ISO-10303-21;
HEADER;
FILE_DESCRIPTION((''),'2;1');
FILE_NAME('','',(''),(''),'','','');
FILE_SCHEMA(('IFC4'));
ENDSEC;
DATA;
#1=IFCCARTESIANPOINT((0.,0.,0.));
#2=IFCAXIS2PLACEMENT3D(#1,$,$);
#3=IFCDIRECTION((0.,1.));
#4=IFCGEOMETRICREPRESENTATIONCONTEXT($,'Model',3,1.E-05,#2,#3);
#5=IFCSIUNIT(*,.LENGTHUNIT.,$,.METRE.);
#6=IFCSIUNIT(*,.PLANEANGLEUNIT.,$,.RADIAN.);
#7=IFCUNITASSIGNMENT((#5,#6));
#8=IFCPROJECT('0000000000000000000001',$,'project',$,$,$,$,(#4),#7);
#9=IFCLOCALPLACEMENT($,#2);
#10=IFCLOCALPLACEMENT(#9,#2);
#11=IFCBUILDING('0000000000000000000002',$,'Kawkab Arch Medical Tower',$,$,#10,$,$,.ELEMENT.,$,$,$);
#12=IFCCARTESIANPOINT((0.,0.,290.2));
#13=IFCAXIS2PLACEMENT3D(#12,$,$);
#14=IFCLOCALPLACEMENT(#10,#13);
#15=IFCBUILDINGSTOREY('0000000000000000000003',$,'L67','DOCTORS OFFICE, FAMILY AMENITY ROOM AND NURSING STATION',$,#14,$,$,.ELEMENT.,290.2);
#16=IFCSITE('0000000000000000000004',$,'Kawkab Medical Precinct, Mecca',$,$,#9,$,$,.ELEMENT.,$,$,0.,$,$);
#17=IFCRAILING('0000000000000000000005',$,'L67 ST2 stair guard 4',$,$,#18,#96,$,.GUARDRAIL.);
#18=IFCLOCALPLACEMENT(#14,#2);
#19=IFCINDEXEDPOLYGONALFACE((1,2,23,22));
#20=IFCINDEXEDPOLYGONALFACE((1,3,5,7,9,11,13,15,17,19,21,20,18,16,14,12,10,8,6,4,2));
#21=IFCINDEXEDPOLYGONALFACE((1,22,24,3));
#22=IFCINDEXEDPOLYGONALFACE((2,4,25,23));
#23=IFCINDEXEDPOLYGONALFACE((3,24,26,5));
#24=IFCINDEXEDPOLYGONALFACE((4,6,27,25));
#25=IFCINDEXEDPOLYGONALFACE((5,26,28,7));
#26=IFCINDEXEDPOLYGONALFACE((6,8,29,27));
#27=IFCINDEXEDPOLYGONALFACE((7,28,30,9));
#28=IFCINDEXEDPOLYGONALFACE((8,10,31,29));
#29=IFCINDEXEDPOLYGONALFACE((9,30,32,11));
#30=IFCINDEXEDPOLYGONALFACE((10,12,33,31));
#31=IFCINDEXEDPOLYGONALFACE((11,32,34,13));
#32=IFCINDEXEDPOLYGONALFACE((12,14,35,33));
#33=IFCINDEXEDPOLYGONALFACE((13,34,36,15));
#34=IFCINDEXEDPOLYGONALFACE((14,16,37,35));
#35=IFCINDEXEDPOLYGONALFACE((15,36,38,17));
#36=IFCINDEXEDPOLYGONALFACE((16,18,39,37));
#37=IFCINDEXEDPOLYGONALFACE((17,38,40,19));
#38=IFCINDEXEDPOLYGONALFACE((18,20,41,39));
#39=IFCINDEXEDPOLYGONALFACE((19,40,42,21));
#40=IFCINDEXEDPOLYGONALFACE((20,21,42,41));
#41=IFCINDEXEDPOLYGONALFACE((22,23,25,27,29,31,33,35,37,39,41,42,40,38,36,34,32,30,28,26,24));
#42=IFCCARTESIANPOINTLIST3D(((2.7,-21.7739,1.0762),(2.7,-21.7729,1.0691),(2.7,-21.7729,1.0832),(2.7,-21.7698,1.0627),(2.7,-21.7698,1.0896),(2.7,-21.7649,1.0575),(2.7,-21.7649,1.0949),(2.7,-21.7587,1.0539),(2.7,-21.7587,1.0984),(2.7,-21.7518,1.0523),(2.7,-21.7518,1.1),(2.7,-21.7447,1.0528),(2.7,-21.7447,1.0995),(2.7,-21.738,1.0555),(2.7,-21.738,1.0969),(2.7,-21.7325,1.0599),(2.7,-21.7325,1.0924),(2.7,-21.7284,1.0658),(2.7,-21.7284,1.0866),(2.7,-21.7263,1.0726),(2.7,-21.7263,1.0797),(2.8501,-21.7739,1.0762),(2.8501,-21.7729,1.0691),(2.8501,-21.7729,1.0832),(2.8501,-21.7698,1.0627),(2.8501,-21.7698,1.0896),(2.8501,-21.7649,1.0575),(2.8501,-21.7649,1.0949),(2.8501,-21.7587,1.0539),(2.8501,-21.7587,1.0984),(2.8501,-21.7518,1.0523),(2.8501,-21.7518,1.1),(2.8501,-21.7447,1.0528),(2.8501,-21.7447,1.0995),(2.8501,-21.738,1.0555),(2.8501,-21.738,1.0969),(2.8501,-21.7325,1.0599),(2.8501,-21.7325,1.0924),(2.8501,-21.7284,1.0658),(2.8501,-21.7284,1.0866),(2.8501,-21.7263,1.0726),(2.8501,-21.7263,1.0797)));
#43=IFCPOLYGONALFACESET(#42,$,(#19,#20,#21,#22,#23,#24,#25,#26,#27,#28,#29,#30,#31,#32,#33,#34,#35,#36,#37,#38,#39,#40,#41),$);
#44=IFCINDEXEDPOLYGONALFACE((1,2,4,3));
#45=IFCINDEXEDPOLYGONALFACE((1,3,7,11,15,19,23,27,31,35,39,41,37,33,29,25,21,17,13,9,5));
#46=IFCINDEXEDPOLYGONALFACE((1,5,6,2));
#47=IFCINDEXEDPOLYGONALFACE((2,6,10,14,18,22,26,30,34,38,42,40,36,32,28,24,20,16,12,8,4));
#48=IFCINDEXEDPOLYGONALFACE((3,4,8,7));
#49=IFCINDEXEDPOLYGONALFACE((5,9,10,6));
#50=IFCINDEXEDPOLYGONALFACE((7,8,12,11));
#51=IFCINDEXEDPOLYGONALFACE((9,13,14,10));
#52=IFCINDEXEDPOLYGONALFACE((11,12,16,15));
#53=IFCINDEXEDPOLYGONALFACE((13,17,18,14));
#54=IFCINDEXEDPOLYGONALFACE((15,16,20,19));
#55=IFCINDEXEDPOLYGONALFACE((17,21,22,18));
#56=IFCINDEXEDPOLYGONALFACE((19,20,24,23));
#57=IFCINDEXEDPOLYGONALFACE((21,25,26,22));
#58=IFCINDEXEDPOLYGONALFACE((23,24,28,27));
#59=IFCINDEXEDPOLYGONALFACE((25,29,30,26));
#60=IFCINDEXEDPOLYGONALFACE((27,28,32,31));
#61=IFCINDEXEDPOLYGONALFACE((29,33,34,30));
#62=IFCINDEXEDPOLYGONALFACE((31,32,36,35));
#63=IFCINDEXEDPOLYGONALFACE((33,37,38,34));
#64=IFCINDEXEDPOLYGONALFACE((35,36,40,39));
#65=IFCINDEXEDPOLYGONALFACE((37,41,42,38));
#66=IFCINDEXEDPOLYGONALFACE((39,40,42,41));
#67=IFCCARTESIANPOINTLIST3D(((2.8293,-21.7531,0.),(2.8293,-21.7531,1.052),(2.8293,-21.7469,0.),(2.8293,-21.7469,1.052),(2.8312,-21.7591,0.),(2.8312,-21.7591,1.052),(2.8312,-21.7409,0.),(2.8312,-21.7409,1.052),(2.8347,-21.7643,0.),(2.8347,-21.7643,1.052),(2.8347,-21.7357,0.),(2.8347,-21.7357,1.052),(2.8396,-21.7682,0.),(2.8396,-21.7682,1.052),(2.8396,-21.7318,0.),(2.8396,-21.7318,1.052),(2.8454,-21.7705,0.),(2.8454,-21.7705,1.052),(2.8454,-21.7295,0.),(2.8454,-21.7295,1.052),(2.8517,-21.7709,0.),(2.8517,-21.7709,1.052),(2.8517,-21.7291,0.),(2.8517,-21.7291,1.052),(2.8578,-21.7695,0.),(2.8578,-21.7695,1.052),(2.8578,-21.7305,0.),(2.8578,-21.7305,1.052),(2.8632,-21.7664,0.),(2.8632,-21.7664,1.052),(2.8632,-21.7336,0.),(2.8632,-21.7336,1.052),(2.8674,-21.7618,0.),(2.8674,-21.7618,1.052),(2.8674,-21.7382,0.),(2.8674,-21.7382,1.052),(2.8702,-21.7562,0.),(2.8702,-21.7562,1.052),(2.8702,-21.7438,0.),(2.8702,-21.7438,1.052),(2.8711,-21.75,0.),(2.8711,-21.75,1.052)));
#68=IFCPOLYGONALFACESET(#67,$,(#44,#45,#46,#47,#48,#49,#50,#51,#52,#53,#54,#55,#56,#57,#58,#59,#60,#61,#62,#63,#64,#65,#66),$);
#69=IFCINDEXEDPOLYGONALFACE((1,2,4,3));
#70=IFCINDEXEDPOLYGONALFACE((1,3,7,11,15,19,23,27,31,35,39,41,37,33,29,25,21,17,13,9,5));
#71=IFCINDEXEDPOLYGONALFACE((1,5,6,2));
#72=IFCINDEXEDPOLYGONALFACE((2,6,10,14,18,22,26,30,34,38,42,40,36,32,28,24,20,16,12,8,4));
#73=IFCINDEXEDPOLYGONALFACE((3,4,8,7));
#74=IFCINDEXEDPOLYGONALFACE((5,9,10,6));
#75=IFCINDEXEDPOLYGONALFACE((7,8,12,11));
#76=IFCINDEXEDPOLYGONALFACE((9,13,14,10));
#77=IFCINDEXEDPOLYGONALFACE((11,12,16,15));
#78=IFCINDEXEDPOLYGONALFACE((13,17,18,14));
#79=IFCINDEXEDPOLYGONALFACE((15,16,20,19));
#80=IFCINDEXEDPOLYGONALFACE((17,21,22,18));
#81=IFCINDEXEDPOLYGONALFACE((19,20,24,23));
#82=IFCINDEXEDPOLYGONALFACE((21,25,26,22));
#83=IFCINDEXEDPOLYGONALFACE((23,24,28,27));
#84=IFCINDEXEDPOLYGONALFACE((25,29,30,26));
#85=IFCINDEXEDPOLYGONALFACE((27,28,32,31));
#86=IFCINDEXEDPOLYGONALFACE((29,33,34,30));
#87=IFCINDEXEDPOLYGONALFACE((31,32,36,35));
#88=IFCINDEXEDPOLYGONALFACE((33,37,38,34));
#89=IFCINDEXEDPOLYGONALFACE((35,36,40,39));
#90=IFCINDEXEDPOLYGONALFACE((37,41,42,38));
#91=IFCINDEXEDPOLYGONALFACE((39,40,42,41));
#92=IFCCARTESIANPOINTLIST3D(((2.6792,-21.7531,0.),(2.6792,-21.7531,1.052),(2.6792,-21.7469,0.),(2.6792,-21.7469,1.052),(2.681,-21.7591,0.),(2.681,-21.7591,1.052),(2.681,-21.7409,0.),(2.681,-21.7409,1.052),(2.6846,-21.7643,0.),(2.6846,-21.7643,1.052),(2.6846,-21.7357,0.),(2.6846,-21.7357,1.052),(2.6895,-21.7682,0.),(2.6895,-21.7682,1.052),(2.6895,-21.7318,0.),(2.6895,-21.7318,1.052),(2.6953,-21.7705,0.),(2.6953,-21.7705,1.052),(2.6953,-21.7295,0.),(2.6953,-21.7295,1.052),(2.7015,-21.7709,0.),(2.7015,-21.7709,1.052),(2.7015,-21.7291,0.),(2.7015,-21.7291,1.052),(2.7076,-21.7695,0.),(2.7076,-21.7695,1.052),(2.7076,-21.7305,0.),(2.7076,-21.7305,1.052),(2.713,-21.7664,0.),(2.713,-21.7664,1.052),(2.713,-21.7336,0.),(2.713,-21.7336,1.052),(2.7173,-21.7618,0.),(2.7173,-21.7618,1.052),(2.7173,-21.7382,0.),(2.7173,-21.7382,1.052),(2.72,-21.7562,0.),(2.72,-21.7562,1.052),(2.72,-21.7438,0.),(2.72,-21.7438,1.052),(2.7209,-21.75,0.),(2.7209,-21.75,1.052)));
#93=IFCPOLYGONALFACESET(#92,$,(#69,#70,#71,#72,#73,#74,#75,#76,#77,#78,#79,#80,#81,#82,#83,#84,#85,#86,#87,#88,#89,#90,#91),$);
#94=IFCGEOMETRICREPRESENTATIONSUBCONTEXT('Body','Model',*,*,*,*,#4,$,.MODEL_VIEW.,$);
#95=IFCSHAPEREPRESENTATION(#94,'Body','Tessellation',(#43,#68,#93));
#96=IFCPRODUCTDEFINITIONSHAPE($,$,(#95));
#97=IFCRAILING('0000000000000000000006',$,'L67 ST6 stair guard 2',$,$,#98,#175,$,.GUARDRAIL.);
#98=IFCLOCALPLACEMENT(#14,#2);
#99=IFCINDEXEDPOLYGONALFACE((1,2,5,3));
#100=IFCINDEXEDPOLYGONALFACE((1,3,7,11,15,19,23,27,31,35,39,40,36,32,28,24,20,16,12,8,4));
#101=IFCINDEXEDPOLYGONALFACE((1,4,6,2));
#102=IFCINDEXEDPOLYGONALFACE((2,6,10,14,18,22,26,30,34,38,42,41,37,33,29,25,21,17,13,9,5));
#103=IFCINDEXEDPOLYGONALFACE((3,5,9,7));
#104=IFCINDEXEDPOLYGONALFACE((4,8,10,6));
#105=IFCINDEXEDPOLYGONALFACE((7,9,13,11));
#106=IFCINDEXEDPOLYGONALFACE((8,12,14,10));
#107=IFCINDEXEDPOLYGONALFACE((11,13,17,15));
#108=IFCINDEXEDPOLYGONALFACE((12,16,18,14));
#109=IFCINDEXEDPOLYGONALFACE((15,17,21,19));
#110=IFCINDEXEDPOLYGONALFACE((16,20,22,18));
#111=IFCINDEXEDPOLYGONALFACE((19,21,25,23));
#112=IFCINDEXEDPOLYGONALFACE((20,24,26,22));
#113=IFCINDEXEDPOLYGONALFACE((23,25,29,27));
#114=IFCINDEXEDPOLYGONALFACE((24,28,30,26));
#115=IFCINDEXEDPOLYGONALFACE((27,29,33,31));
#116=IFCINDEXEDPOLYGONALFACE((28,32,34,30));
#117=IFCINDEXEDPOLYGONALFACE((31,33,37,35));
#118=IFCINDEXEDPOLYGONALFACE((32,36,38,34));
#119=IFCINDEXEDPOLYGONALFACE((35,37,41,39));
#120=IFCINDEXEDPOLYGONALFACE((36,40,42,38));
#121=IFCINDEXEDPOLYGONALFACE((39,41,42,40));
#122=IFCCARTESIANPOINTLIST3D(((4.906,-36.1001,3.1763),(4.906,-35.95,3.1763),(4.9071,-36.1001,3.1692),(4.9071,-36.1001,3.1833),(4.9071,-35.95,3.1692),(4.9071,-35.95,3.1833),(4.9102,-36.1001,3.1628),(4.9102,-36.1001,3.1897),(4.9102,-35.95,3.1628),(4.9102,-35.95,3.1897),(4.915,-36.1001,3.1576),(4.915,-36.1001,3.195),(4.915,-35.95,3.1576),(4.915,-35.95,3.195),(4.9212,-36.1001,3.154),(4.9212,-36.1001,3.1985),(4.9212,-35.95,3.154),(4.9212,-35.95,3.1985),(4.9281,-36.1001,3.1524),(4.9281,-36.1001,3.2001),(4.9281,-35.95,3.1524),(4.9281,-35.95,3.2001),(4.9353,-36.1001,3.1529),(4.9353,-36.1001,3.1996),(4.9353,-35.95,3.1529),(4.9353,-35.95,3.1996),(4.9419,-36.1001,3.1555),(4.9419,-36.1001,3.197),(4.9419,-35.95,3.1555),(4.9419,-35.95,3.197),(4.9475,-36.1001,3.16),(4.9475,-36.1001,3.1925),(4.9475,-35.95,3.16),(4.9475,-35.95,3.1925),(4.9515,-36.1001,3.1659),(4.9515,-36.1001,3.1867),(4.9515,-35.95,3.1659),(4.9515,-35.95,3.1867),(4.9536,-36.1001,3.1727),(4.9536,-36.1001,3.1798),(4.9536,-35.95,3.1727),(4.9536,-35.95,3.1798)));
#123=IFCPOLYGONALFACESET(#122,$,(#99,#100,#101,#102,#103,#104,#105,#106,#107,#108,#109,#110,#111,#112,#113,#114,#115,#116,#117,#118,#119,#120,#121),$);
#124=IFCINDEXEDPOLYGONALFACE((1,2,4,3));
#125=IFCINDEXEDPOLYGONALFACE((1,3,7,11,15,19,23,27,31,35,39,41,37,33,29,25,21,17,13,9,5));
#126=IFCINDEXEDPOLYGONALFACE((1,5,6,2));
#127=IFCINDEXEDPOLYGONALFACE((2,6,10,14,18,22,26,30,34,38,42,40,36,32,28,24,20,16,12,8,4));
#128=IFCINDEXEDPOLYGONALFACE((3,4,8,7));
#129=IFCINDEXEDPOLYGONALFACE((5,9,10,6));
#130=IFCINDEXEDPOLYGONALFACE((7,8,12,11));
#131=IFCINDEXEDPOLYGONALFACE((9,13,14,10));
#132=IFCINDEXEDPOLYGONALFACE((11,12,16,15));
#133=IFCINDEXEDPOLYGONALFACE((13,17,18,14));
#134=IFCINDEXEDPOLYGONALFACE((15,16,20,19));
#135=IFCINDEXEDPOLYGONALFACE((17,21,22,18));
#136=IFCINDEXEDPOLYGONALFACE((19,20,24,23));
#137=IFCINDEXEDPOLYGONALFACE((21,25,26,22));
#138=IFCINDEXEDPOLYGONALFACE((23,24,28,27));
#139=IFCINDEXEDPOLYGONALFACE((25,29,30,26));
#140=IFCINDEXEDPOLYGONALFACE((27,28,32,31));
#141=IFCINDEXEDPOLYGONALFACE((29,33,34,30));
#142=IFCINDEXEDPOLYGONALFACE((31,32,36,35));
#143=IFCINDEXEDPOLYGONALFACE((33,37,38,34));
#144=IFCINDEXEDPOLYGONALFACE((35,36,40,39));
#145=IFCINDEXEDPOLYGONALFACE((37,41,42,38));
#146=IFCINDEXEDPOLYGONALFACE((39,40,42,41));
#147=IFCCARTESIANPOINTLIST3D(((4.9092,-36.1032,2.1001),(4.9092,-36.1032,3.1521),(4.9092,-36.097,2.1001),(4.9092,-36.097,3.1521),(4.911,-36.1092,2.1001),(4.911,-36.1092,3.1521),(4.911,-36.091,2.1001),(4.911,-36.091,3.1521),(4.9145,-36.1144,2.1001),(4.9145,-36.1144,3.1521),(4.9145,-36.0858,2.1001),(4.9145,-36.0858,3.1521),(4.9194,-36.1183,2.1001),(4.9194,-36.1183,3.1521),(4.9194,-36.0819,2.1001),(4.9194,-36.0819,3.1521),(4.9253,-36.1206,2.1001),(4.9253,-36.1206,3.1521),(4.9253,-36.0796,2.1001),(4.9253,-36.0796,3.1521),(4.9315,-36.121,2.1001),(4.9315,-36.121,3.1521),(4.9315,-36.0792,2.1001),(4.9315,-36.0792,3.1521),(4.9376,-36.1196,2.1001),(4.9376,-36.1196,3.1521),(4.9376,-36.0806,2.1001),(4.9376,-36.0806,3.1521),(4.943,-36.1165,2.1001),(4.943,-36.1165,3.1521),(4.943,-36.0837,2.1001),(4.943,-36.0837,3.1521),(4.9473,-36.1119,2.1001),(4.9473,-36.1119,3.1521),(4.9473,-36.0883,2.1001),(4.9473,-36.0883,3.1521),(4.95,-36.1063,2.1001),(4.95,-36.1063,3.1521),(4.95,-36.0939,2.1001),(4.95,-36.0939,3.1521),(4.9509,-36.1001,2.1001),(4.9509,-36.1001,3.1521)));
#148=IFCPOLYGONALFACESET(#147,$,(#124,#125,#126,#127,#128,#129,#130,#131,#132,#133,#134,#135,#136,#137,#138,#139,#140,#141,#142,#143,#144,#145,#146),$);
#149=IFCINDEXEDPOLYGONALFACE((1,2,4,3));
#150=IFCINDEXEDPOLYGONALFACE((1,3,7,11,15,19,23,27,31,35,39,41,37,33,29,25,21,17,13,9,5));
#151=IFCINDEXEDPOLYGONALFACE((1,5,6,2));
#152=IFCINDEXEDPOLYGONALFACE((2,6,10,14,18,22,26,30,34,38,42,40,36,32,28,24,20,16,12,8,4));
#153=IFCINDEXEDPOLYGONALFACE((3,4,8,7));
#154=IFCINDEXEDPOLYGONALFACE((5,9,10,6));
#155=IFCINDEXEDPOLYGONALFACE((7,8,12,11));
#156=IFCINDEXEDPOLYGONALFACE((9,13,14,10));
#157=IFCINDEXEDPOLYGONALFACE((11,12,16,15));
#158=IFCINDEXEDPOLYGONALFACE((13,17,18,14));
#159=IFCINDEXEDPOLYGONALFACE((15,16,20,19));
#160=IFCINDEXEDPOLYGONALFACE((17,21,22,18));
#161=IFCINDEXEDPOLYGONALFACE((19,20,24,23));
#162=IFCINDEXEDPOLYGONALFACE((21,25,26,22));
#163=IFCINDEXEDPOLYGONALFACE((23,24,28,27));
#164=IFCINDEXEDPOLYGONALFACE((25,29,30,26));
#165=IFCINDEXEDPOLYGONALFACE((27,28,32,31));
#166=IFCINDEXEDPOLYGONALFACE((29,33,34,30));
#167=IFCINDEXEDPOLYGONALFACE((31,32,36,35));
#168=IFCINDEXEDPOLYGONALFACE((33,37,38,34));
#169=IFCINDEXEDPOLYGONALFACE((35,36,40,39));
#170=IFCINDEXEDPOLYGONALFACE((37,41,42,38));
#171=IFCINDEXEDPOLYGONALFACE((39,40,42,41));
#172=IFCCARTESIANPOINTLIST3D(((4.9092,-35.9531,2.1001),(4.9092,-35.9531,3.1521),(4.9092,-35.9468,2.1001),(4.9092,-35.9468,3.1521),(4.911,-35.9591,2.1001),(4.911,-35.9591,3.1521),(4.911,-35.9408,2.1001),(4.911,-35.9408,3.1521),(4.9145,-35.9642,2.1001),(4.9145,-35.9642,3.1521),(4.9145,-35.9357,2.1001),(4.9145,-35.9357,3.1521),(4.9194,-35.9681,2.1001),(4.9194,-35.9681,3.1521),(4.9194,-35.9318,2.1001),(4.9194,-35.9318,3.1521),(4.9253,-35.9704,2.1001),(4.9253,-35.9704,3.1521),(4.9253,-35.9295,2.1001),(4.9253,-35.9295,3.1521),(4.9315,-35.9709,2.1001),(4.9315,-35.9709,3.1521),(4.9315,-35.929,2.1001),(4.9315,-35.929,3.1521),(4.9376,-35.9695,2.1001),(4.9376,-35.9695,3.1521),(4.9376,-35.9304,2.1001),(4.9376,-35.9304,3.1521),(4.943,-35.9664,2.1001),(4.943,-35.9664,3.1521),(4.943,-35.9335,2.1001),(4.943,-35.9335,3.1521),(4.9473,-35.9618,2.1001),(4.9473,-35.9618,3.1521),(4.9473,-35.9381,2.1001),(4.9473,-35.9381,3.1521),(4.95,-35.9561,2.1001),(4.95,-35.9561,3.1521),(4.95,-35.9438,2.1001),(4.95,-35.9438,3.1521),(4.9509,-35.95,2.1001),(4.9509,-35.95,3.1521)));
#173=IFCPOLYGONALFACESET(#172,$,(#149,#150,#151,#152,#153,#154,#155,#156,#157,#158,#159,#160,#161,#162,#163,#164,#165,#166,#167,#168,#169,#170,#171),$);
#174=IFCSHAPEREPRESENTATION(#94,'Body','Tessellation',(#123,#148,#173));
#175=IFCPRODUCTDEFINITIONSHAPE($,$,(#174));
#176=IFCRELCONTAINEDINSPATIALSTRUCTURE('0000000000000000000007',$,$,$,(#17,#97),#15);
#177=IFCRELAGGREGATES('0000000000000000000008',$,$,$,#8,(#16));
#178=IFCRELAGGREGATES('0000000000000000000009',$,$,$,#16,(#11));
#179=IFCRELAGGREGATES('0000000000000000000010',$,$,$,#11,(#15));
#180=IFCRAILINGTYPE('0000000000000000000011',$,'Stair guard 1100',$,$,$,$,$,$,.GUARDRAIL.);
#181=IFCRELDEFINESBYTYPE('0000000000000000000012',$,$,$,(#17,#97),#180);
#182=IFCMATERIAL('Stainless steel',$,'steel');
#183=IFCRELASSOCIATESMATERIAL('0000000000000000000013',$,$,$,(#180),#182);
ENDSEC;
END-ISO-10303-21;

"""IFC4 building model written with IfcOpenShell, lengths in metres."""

from ifc_helpers import new_model, si_unit, direction, frame, origin, origin_2d, place, context, subcontext, project, spatial, circle, extrude, material, type_object, element, save


model = new_model("IFC4")

# Units and contexts
model_context = context("Model", 3, precision=1e-05, world=origin(), true_north=direction((0.0, 1.0)))
body_context = subcontext(model_context, "Body", "Model", "MODEL_VIEW")
ifc_project = project(units=[si_unit("LENGTHUNIT", "METRE"), si_unit("PLANEANGLEUNIT", "RADIAN")], contexts=[model_context])

# Site, building, storey
site_placement = place(None, origin())
site = spatial("IfcSite", under=ifc_project, at=site_placement, Name="Kawkab Medical Precinct, Mecca", CompositionType="ELEMENT", RefElevation=0.0)
building_placement = place(site_placement, origin())
building = spatial("IfcBuilding", under=site, at=building_placement, Name="Kawkab Arch Medical Tower", CompositionType="ELEMENT")
storey_placement = place(building_placement, frame((0.0, 0.0, 290.2)))
storey = spatial("IfcBuildingStorey", under=building, at=storey_placement, Name="L67", Description="DOCTORS OFFICE, FAMILY AMENITY ROOM AND NURSING STATION", CompositionType="ELEMENT", Elevation=290.2)

# Railings
ifc_material_1 = material(Name="Stainless steel", Category="steel")
railing_type = type_object("IfcRailingType", Name="Stair guard 1100", PredefinedType="GUARDRAIL", material=ifc_material_1)
railing_1_placement = place(storey_placement, frame((2.8501, -21.75, 0.0)))
element("IfcRailing", 1, at=railing_1_placement, inside=storey, type_object=railing_type, Name="L67 ST2 stair guard 4", PredefinedType="GUARDRAIL", context=body_context, shape_type="SweptSolid", body=[
    extrude(circle(Radius=0.0239, at=origin_2d()), frame((0.0, 0.0, 1.0762), z_axis=(-1.0, 0.0, 0.0), x_axis=(0.0, -1.0, 0.0)), (0.0, 0.0, 1.0), 0.1501),
    extrude(circle(Radius=0.021, at=origin_2d()), origin(), (0.0, 0.0, 1.0), 1.052),
    extrude(circle(Radius=0.021, at=origin_2d()), frame((-0.1501, 0.0, 0.0)), (0.0, 0.0, 1.0), 1.052),
])
railing_2_placement = place(storey_placement, frame((4.9299, -36.1001, 2.1001)))
element("IfcRailing", 2, at=railing_2_placement, inside=storey, type_object=railing_type, Name="L67 ST6 stair guard 2", PredefinedType="GUARDRAIL", context=body_context, shape_type="SweptSolid", body=[
    extrude(circle(Radius=0.0239, at=origin_2d()), frame((0.0, 0.0, 1.0762), z_axis=(0.0, 1.0, 0.0), x_axis=(-1.0, 0.0, 0.0)), (0.0, 0.0, 1.0), 0.1501),
    extrude(circle(Radius=0.021, at=origin_2d()), origin(), (0.0, 0.0, 1.0), 1.052),
    extrude(circle(Radius=0.021, at=origin_2d()), frame((0.0, 0.1501, 0.0)), (0.0, 0.0, 1.0), 1.052),
])

save(model, "model.ifc")
